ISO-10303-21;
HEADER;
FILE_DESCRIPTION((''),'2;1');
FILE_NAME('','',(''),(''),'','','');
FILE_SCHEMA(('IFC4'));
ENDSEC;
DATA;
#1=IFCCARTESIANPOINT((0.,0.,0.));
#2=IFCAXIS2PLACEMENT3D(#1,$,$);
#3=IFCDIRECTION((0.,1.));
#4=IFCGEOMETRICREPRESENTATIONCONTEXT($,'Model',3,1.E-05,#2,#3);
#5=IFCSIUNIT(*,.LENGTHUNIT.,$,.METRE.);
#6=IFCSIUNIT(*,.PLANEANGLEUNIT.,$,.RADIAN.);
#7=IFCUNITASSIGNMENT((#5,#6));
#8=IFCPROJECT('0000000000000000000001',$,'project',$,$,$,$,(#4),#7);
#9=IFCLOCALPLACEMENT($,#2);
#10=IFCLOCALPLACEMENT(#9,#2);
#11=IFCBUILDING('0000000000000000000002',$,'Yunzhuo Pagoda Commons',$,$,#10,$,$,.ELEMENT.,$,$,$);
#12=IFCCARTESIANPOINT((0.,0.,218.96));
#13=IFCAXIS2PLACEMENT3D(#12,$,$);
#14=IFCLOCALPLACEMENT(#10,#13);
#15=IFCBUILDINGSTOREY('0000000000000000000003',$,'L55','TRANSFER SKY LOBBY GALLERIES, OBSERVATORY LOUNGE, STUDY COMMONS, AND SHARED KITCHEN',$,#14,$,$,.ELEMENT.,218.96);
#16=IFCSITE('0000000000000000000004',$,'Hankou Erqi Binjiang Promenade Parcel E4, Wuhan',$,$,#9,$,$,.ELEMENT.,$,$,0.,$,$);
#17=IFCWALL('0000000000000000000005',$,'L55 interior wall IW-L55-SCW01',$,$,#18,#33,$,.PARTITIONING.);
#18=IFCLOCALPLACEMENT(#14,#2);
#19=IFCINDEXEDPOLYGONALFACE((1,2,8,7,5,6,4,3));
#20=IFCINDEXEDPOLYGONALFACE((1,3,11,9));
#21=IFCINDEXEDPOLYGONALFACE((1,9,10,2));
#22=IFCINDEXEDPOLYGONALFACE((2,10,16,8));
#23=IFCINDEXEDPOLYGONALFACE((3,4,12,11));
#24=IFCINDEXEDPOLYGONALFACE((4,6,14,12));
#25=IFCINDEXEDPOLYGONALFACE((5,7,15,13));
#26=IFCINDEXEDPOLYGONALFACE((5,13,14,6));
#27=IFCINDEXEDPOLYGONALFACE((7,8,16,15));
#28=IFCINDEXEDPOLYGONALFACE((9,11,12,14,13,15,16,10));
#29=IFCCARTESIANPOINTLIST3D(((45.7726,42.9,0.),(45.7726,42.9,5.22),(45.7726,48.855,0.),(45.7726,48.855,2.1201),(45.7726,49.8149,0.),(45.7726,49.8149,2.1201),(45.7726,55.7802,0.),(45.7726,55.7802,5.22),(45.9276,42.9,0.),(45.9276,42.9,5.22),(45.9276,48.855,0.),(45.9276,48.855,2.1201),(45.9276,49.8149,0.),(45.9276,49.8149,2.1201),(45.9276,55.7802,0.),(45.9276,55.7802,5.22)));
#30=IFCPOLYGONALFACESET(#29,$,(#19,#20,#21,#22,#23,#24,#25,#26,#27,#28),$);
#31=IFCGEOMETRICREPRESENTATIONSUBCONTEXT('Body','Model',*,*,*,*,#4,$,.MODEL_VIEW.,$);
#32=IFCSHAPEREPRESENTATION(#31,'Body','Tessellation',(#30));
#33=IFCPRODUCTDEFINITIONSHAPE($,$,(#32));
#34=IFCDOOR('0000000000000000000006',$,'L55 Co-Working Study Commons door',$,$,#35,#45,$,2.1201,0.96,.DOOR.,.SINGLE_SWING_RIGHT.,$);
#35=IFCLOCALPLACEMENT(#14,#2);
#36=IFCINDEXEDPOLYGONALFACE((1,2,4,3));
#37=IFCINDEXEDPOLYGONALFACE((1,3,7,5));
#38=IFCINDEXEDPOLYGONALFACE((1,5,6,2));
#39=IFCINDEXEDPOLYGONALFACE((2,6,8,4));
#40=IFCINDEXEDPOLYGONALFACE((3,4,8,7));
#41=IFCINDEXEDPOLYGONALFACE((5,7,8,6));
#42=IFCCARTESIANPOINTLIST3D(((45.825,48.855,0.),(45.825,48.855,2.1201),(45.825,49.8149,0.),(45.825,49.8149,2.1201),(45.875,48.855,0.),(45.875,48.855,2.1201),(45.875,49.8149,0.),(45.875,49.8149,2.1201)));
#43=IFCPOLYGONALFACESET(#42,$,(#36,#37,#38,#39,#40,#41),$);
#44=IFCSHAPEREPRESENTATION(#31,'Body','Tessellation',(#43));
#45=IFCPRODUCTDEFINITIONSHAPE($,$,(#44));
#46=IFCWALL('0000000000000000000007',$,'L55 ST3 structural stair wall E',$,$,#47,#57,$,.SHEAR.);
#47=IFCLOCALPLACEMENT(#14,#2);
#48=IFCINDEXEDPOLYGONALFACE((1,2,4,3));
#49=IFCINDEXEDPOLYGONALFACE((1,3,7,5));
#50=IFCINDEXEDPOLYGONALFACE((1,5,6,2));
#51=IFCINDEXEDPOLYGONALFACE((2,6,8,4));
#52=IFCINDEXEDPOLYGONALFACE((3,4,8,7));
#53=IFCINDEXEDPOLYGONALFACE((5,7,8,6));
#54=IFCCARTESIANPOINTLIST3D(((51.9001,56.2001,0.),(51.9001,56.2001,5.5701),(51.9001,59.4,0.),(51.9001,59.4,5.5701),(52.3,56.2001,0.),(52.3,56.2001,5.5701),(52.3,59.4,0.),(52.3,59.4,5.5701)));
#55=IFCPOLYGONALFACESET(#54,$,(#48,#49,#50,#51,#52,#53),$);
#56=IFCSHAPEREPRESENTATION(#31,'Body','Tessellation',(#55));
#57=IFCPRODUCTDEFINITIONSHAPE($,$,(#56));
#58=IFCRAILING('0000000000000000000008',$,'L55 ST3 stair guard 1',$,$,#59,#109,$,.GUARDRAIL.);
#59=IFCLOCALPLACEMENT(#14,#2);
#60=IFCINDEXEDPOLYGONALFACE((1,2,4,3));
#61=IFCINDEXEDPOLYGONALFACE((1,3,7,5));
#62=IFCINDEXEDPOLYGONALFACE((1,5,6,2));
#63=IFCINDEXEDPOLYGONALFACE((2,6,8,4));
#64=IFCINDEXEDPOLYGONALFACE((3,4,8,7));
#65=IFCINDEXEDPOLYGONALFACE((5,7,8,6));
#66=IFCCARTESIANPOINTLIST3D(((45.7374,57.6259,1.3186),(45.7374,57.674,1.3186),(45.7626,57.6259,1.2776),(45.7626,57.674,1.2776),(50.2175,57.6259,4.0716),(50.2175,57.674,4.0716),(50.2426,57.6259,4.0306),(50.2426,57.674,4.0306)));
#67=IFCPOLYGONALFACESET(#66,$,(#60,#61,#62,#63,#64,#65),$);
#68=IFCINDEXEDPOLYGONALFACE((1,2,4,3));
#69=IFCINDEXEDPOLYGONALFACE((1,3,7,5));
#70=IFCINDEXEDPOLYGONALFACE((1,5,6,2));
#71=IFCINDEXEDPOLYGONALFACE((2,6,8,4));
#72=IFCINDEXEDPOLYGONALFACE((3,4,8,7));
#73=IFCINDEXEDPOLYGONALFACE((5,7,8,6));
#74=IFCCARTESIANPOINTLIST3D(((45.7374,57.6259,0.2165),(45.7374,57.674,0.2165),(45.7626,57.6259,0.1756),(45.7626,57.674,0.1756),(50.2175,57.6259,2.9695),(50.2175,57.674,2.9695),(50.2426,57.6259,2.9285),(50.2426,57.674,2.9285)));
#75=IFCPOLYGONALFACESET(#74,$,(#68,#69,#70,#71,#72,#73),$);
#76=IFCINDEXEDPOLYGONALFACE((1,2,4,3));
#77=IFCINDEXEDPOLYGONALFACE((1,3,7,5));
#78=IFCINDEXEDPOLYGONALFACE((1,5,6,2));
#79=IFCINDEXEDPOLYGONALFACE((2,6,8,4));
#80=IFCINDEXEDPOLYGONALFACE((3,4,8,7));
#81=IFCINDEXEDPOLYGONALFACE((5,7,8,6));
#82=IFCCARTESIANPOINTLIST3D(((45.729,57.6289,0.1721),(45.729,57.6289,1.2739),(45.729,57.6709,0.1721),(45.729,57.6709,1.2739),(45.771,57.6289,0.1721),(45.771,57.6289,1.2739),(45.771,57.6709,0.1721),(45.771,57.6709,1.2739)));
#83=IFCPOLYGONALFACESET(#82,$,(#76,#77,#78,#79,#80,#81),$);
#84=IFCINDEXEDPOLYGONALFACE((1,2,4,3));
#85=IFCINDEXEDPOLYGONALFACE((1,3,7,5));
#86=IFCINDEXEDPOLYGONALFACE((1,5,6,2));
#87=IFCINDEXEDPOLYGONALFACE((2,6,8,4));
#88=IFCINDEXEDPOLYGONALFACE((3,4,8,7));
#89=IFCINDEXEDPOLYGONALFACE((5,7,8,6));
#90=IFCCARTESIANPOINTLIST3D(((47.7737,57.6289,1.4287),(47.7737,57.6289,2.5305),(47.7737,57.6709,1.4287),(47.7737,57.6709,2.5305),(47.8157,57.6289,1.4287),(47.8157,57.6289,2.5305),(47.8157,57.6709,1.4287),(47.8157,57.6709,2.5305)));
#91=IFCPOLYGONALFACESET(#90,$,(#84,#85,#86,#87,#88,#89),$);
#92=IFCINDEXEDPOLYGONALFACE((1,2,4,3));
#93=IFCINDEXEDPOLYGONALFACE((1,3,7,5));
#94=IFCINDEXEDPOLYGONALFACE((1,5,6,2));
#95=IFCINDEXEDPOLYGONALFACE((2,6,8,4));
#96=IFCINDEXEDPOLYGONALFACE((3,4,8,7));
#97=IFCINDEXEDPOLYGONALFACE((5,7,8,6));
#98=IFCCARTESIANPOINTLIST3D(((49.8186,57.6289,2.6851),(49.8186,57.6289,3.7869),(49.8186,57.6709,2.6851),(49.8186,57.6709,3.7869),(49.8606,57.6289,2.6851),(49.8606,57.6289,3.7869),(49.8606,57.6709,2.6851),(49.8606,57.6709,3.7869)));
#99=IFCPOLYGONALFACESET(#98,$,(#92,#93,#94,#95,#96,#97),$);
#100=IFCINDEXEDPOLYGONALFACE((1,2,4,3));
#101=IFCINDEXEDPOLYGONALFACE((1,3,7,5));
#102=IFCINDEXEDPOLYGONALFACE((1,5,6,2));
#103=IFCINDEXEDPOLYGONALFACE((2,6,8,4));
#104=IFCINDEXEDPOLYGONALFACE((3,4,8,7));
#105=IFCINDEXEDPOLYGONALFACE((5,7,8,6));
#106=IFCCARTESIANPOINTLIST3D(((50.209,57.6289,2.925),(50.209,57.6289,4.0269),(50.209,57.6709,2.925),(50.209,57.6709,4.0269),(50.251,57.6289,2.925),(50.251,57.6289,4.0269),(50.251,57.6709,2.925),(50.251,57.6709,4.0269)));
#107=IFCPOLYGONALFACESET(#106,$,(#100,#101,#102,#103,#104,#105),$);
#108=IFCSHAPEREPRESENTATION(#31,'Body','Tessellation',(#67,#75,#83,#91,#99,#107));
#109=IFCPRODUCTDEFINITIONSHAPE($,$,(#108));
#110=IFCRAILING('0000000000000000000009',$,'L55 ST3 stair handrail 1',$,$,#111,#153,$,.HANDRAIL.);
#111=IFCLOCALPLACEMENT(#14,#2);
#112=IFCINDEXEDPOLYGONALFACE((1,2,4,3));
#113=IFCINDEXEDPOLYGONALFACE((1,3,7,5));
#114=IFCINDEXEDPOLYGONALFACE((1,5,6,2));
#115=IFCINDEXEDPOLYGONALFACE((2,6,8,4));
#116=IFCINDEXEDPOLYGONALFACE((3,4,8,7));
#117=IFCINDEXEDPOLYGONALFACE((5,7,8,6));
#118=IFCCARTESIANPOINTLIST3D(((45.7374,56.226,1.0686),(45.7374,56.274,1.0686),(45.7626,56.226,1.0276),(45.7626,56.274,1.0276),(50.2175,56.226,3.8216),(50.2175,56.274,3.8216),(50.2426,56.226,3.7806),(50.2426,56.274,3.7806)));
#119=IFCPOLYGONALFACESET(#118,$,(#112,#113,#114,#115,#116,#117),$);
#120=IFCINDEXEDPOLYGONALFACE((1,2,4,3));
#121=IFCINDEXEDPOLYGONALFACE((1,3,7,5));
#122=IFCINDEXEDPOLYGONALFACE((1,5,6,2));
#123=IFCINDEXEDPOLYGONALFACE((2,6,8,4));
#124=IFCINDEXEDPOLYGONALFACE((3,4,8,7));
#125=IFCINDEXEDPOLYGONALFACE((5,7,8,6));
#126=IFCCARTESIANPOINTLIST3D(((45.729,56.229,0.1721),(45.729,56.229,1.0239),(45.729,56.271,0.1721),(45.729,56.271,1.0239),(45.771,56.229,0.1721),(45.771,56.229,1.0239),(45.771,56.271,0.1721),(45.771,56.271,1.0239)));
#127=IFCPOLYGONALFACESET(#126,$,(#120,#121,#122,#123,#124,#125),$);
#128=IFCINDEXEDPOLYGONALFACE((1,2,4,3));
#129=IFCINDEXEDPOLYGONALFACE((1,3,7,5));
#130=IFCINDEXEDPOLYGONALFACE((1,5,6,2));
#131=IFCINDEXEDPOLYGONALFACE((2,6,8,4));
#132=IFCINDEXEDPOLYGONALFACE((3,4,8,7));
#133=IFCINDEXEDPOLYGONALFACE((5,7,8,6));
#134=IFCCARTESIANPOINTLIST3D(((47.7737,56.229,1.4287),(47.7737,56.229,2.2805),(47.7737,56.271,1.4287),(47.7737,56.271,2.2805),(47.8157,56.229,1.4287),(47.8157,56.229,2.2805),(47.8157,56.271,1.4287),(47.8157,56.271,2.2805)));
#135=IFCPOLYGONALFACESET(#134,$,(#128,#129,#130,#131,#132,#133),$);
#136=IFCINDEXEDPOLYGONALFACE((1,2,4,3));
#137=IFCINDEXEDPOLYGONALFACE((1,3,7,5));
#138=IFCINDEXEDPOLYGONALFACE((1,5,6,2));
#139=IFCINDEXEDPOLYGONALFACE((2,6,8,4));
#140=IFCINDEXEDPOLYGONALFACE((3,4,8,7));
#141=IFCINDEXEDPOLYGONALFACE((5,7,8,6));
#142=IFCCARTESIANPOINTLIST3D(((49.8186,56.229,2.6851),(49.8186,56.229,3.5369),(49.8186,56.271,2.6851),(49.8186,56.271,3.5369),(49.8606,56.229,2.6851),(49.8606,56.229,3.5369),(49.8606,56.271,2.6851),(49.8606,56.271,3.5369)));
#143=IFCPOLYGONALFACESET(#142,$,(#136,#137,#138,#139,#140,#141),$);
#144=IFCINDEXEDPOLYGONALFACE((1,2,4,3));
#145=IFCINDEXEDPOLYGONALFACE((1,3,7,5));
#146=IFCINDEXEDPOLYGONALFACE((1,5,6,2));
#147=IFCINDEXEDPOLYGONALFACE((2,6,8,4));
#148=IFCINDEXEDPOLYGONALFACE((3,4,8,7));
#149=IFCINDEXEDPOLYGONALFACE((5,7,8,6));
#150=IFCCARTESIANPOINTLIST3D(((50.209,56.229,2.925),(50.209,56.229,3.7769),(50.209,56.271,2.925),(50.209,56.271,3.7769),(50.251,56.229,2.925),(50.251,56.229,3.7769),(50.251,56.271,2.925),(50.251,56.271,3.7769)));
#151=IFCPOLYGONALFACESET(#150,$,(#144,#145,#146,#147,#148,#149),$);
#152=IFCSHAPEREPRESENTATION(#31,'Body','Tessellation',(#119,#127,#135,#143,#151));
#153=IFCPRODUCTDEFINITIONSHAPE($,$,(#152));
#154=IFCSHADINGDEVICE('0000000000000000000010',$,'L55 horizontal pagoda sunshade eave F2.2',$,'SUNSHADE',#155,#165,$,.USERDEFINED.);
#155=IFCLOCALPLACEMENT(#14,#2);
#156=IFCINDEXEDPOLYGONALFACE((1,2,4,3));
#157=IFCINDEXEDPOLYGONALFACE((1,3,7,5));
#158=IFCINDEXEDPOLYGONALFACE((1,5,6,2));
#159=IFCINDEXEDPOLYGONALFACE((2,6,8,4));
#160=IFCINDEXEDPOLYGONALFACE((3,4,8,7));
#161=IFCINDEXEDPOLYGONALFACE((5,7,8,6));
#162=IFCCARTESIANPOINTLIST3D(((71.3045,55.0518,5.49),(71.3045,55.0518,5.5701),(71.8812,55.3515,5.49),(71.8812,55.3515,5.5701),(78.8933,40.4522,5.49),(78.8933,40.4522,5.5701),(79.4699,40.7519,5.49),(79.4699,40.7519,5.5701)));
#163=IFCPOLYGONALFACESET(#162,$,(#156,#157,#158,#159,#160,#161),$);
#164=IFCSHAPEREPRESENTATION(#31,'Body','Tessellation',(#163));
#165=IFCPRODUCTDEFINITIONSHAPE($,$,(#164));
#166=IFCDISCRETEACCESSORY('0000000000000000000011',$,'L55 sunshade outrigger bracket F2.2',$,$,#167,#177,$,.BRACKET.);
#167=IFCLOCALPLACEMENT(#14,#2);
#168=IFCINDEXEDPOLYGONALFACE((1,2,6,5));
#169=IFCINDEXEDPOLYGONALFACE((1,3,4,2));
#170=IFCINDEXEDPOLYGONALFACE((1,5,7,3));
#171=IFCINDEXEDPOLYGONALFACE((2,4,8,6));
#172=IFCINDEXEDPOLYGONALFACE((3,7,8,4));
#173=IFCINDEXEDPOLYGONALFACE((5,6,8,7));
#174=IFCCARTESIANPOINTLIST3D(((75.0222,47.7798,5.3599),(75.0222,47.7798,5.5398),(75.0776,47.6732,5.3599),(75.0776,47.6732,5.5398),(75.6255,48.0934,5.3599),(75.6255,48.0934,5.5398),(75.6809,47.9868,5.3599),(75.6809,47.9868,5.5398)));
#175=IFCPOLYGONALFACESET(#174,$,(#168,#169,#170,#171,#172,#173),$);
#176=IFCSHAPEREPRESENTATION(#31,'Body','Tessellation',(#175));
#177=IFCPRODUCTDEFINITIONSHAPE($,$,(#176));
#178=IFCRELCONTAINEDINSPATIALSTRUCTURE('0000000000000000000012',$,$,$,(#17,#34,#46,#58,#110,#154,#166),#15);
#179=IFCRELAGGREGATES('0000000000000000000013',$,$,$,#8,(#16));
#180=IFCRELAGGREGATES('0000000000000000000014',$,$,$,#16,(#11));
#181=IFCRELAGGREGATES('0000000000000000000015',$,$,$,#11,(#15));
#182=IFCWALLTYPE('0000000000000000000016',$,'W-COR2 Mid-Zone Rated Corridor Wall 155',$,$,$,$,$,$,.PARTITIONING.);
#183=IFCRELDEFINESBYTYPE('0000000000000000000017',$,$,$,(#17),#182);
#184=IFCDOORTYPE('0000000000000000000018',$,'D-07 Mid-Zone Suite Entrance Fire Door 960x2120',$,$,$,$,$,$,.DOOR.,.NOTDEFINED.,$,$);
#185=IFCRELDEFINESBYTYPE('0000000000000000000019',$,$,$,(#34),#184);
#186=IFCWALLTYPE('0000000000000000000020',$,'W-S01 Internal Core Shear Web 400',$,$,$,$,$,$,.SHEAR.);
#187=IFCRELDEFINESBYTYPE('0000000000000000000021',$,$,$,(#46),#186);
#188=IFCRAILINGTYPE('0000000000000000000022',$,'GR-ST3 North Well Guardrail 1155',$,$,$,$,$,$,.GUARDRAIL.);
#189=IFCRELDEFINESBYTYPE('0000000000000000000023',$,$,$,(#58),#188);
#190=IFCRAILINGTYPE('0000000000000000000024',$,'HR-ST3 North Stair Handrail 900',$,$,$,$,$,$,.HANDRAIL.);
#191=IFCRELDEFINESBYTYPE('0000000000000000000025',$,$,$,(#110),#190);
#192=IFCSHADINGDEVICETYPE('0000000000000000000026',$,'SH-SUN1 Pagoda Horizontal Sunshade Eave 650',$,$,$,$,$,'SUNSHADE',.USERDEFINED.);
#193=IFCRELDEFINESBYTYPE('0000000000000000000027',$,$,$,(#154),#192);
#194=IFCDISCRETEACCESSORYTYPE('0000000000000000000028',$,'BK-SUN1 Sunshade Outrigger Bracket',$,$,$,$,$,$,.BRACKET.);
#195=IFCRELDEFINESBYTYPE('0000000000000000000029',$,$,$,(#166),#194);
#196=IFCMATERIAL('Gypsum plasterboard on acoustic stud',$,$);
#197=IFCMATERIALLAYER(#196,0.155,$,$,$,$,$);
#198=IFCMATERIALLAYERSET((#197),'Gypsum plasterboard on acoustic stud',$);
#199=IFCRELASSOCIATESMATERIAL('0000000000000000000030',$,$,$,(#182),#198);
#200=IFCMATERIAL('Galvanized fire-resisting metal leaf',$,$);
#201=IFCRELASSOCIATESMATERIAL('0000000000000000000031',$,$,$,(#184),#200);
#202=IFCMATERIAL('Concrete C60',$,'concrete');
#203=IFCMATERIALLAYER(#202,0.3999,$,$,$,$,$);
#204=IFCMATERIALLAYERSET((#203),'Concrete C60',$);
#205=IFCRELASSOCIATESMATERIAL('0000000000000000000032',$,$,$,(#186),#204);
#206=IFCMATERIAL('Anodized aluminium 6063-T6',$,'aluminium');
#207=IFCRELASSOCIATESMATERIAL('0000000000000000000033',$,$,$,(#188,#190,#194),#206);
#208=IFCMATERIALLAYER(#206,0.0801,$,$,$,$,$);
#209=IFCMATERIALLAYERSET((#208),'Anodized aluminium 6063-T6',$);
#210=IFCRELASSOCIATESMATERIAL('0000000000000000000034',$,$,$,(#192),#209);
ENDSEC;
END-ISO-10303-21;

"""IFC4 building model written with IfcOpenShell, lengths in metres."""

from ifc_helpers import new_model, si_unit, direction, frame, frame_2d, origin, origin_with_axes, origin_2d, place, context, subcontext, project, spatial, rectangle, extrude, source, transform, mapped, material, layer, layer_set, type_object, element, fill, save


model = new_model("IFC4")

# Units and contexts
model_context = context("Model", 3, precision=1e-05, world=origin(), true_north=direction((0.0, 1.0)))
body_context = subcontext(model_context, "Body", "Model", "MODEL_VIEW")
ifc_project = project(units=[si_unit("LENGTHUNIT", "METRE"), si_unit("PLANEANGLEUNIT", "RADIAN")], contexts=[model_context])

# Site, building, storey
site_placement = place(None, origin())
site = spatial("IfcSite", under=ifc_project, at=site_placement, Name="Hankou Erqi Binjiang Promenade Parcel E4, Wuhan", CompositionType="ELEMENT", RefElevation=0.0)
building_placement = place(site_placement, origin())
building = spatial("IfcBuilding", under=site, at=building_placement, Name="Yunzhuo Pagoda Commons", CompositionType="ELEMENT")
storey_placement = place(building_placement, frame((0.0, 0.0, 218.96)))
storey = spatial("IfcBuildingStorey", under=building, at=storey_placement, Name="L55", Description="TRANSFER SKY LOBBY GALLERIES, OBSERVATORY LOUNGE, STUDY COMMONS, AND SHARED KITCHEN", CompositionType="ELEMENT", Elevation=218.96)

# Shared definitions
ifc_material_1 = material(Name="Anodized aluminium 6063-T6", Category="aluminium")

# Wall, opening, door
ifc_material_2 = material(Name="Gypsum plasterboard on acoustic stud")
ifc_layer_1 = layer(ifc_material_2, 0.155)
ifc_layer_set_1 = layer_set([ifc_layer_1], Name="Gypsum plasterboard on acoustic stud")
wall_type_1 = type_object("IfcWallType", Name="W-COR2 Mid-Zone Rated Corridor Wall 155", PredefinedType="PARTITIONING", material=ifc_layer_set_1)
wall_1_placement = place(storey_placement, frame((45.8501, 55.78, 0.0), z_axis=(0.0, 0.0, 1.0), x_axis=(0.0, -1.0, 0.0)))
wall_1 = element("IfcWall", 1, at=wall_1_placement, inside=storey, type_object=wall_type_1, Name="L55 interior wall IW-L55-SCW01", PredefinedType="PARTITIONING", context=body_context, shape_type="SweptSolid", body=[
    extrude(rectangle(XDim=12.8801, YDim=0.155, at=frame_2d((6.4399, 0.0))), origin(), (0.0, 0.0, 1.0), 5.22),
])
opening_placement = place(wall_1_placement, frame((5.9651, 0.0, 0.0)))
opening = element("IfcOpeningElement", 2, at=opening_placement, cuts=wall_1, PredefinedType="OPENING", context=body_context, shape_type="SweptSolid", body=[
    extrude(rectangle(XDim=0.96, YDim=2.1201, at=frame_2d((0.48, 1.0601))), frame((0.0, 0.0874, 0.0), z_axis=(0.0, -1.0, 0.0), x_axis=(1.0, 0.0, 0.0)), (0.0, 0.0, 1.0), 0.175),
])
ifc_material_3 = material(Name="Galvanized fire-resisting metal leaf")
door_type = type_object("IfcDoorType", Name="D-07 Mid-Zone Suite Entrance Fire Door 960x2120", OperationType="NOTDEFINED", PredefinedType="DOOR", material=ifc_material_3)
shared_shape_1 = source(origin(), body_context, "Body", "SweptSolid", [
    extrude(rectangle(XDim=0.96, YDim=2.1201, at=frame_2d((0.48, 1.0601))), frame((0.0, 0.0249, 0.0), z_axis=(0.0, -1.0, 0.0), x_axis=(1.0, 0.0, 0.0)), (0.0, 0.0, 1.0), 0.05),
])
door_placement = place(opening_placement, origin_with_axes())
door = element("IfcDoor", 3, at=door_placement, inside=storey, type_object=door_type, Name="L55 Co-Working Study Commons door", OperationType="SINGLE_SWING_RIGHT", OverallHeight=2.1201, OverallWidth=0.96, PredefinedType="DOOR", context=body_context, shape_type="MappedRepresentation", body=[
    mapped(shared_shape_1, transform((0.0, 0.0, 0.0), scale=1.0)),
])
fill(opening, door)

# Wall
ifc_material_4 = material(Name="Concrete C60", Category="concrete")
ifc_layer_2 = layer(ifc_material_4, 0.3999)
ifc_layer_set_2 = layer_set([ifc_layer_2], Name="Concrete C60")
wall_type_2 = type_object("IfcWallType", Name="W-S01 Internal Core Shear Web 400", PredefinedType="SHEAR", material=ifc_layer_set_2)
wall_2_placement = place(storey_placement, frame((52.1001, 56.2, 0.0), z_axis=(0.0, 0.0, 1.0), x_axis=(0.0, 1.0, 0.0)))
element("IfcWall", 4, at=wall_2_placement, inside=storey, type_object=wall_type_2, Name="L55 ST3 structural stair wall E", PredefinedType="SHEAR", context=body_context, shape_type="SweptSolid", body=[
    extrude(rectangle(XDim=3.2, YDim=0.3999, at=frame_2d((1.6001, 0.0))), origin(), (0.0, 0.0, 1.0), 5.5701),
])

# Railings
railing_type_1 = type_object("IfcRailingType", Name="GR-ST3 North Well Guardrail 1155", PredefinedType="GUARDRAIL", material=ifc_material_1)
railing_1_placement = place(storey_placement, frame((45.75, 57.6499, 0.1721)))
element("IfcRailing", 5, at=railing_1_placement, inside=storey, type_object=railing_type_1, Name="L55 ST3 stair guard 1", PredefinedType="GUARDRAIL", context=body_context, shape_type="SweptSolid", body=[
    extrude(rectangle(XDim=0.0481, YDim=0.0481, at=origin_2d()), frame((0.0, 0.0, 1.126), z_axis=(0.851996, 0.0, 0.523548), x_axis=(0.0, 1.0, 0.0)), (0.0, 0.0, 1.0), 5.2583),
    extrude(rectangle(XDim=0.0481, YDim=0.0481, at=origin_2d()), frame((0.0, 0.0, 0.0239), z_axis=(0.851996, 0.0, 0.523548), x_axis=(0.0, 1.0, 0.0)), (0.0, 0.0, 1.0), 5.2583),
    extrude(rectangle(XDim=0.042, YDim=0.042, at=origin_2d()), origin(), (0.0, 0.0, 1.0), 1.1018),
    extrude(rectangle(XDim=0.042, YDim=0.042, at=origin_2d()), frame((2.0447, 0.0, 1.2566)), (0.0, 0.0, 1.0), 1.1018),
    extrude(rectangle(XDim=0.042, YDim=0.042, at=origin_2d()), frame((4.0896, 0.0, 2.5129)), (0.0, 0.0, 1.0), 1.1018),
    extrude(rectangle(XDim=0.042, YDim=0.042, at=origin_2d()), frame((4.48, 0.0, 2.7529)), (0.0, 0.0, 1.0), 1.1018),
])
railing_type_2 = type_object("IfcRailingType", Name="HR-ST3 North Stair Handrail 900", PredefinedType="HANDRAIL", material=ifc_material_1)
railing_2_placement = place(storey_placement, frame((45.75, 56.25, 0.1721)))
element("IfcRailing", 6, at=railing_2_placement, inside=storey, type_object=railing_type_2, Name="L55 ST3 stair handrail 1", PredefinedType="HANDRAIL", context=body_context, shape_type="SweptSolid", body=[
    extrude(rectangle(XDim=0.0481, YDim=0.0481, at=origin_2d()), frame((0.0, 0.0, 0.876), z_axis=(0.851996, 0.0, 0.523548), x_axis=(0.0, 1.0, 0.0)), (0.0, 0.0, 1.0), 5.2583),
    extrude(rectangle(XDim=0.042, YDim=0.042, at=origin_2d()), origin(), (0.0, 0.0, 1.0), 0.8518),
    extrude(rectangle(XDim=0.042, YDim=0.042, at=origin_2d()), frame((2.0447, 0.0, 1.2566)), (0.0, 0.0, 1.0), 0.8518),
    extrude(rectangle(XDim=0.042, YDim=0.042, at=origin_2d()), frame((4.0896, 0.0, 2.5129)), (0.0, 0.0, 1.0), 0.8518),
    extrude(rectangle(XDim=0.042, YDim=0.042, at=origin_2d()), frame((4.48, 0.0, 2.7529)), (0.0, 0.0, 1.0), 0.8518),
])

# Shading device
ifc_layer_3 = layer(ifc_material_1, 0.0801)
ifc_layer_set_3 = layer_set([ifc_layer_3], Name="Anodized aluminium 6063-T6")
shading_device_type = type_object("IfcShadingDeviceType", Name="SH-SUN1 Pagoda Horizontal Sunshade Eave 650", ElementType="SUNSHADE", PredefinedType="USERDEFINED", material=ifc_layer_set_3)
shared_shape_2 = source(origin(), body_context, "Body", "SweptSolid", [
    extrude(rectangle(XDim=16.4541, YDim=0.6499, at=origin_2d()), origin(), (0.0, 0.0, 1.0), 0.0801),
])
shading_device_placement = place(storey_placement, frame((75.3872, 47.9019, 5.49), z_axis=(0.0, 0.0, 1.0), x_axis=(-0.461207, 0.887293, 0.0)))
element("IfcShadingDevice", 7, at=shading_device_placement, inside=storey, type_object=shading_device_type, Name="L55 horizontal pagoda sunshade eave F2.2", ObjectType="SUNSHADE", PredefinedType="USERDEFINED", context=body_context, shape_type="MappedRepresentation", body=[
    mapped(shared_shape_2, transform((0.0, 0.0, 0.0), scale=1.0)),
])

# Discrete accessory
discrete_accessory_type = type_object("IfcDiscreteAccessoryType", Name="BK-SUN1 Sunshade Outrigger Bracket", PredefinedType="BRACKET", material=ifc_material_1)
shared_shape_3 = source(origin(), body_context, "Body", "SweptSolid", [
    extrude(rectangle(XDim=0.1201, YDim=0.6799, at=origin_2d()), origin(), (0.0, 0.0, 1.0), 0.1799),
])
discrete_accessory_placement = place(storey_placement, frame((75.3516, 47.8833, 5.3599), z_axis=(0.0, 0.0, 1.0), x_axis=(-0.461207, 0.887293, 0.0)))
element("IfcDiscreteAccessory", 8, at=discrete_accessory_placement, inside=storey, type_object=discrete_accessory_type, Name="L55 sunshade outrigger bracket F2.2", PredefinedType="BRACKET", context=body_context, shape_type="MappedRepresentation", body=[
    mapped(shared_shape_3, transform((0.0, 0.0, 0.0), scale=1.0)),
])

save(model, "model.ifc")
